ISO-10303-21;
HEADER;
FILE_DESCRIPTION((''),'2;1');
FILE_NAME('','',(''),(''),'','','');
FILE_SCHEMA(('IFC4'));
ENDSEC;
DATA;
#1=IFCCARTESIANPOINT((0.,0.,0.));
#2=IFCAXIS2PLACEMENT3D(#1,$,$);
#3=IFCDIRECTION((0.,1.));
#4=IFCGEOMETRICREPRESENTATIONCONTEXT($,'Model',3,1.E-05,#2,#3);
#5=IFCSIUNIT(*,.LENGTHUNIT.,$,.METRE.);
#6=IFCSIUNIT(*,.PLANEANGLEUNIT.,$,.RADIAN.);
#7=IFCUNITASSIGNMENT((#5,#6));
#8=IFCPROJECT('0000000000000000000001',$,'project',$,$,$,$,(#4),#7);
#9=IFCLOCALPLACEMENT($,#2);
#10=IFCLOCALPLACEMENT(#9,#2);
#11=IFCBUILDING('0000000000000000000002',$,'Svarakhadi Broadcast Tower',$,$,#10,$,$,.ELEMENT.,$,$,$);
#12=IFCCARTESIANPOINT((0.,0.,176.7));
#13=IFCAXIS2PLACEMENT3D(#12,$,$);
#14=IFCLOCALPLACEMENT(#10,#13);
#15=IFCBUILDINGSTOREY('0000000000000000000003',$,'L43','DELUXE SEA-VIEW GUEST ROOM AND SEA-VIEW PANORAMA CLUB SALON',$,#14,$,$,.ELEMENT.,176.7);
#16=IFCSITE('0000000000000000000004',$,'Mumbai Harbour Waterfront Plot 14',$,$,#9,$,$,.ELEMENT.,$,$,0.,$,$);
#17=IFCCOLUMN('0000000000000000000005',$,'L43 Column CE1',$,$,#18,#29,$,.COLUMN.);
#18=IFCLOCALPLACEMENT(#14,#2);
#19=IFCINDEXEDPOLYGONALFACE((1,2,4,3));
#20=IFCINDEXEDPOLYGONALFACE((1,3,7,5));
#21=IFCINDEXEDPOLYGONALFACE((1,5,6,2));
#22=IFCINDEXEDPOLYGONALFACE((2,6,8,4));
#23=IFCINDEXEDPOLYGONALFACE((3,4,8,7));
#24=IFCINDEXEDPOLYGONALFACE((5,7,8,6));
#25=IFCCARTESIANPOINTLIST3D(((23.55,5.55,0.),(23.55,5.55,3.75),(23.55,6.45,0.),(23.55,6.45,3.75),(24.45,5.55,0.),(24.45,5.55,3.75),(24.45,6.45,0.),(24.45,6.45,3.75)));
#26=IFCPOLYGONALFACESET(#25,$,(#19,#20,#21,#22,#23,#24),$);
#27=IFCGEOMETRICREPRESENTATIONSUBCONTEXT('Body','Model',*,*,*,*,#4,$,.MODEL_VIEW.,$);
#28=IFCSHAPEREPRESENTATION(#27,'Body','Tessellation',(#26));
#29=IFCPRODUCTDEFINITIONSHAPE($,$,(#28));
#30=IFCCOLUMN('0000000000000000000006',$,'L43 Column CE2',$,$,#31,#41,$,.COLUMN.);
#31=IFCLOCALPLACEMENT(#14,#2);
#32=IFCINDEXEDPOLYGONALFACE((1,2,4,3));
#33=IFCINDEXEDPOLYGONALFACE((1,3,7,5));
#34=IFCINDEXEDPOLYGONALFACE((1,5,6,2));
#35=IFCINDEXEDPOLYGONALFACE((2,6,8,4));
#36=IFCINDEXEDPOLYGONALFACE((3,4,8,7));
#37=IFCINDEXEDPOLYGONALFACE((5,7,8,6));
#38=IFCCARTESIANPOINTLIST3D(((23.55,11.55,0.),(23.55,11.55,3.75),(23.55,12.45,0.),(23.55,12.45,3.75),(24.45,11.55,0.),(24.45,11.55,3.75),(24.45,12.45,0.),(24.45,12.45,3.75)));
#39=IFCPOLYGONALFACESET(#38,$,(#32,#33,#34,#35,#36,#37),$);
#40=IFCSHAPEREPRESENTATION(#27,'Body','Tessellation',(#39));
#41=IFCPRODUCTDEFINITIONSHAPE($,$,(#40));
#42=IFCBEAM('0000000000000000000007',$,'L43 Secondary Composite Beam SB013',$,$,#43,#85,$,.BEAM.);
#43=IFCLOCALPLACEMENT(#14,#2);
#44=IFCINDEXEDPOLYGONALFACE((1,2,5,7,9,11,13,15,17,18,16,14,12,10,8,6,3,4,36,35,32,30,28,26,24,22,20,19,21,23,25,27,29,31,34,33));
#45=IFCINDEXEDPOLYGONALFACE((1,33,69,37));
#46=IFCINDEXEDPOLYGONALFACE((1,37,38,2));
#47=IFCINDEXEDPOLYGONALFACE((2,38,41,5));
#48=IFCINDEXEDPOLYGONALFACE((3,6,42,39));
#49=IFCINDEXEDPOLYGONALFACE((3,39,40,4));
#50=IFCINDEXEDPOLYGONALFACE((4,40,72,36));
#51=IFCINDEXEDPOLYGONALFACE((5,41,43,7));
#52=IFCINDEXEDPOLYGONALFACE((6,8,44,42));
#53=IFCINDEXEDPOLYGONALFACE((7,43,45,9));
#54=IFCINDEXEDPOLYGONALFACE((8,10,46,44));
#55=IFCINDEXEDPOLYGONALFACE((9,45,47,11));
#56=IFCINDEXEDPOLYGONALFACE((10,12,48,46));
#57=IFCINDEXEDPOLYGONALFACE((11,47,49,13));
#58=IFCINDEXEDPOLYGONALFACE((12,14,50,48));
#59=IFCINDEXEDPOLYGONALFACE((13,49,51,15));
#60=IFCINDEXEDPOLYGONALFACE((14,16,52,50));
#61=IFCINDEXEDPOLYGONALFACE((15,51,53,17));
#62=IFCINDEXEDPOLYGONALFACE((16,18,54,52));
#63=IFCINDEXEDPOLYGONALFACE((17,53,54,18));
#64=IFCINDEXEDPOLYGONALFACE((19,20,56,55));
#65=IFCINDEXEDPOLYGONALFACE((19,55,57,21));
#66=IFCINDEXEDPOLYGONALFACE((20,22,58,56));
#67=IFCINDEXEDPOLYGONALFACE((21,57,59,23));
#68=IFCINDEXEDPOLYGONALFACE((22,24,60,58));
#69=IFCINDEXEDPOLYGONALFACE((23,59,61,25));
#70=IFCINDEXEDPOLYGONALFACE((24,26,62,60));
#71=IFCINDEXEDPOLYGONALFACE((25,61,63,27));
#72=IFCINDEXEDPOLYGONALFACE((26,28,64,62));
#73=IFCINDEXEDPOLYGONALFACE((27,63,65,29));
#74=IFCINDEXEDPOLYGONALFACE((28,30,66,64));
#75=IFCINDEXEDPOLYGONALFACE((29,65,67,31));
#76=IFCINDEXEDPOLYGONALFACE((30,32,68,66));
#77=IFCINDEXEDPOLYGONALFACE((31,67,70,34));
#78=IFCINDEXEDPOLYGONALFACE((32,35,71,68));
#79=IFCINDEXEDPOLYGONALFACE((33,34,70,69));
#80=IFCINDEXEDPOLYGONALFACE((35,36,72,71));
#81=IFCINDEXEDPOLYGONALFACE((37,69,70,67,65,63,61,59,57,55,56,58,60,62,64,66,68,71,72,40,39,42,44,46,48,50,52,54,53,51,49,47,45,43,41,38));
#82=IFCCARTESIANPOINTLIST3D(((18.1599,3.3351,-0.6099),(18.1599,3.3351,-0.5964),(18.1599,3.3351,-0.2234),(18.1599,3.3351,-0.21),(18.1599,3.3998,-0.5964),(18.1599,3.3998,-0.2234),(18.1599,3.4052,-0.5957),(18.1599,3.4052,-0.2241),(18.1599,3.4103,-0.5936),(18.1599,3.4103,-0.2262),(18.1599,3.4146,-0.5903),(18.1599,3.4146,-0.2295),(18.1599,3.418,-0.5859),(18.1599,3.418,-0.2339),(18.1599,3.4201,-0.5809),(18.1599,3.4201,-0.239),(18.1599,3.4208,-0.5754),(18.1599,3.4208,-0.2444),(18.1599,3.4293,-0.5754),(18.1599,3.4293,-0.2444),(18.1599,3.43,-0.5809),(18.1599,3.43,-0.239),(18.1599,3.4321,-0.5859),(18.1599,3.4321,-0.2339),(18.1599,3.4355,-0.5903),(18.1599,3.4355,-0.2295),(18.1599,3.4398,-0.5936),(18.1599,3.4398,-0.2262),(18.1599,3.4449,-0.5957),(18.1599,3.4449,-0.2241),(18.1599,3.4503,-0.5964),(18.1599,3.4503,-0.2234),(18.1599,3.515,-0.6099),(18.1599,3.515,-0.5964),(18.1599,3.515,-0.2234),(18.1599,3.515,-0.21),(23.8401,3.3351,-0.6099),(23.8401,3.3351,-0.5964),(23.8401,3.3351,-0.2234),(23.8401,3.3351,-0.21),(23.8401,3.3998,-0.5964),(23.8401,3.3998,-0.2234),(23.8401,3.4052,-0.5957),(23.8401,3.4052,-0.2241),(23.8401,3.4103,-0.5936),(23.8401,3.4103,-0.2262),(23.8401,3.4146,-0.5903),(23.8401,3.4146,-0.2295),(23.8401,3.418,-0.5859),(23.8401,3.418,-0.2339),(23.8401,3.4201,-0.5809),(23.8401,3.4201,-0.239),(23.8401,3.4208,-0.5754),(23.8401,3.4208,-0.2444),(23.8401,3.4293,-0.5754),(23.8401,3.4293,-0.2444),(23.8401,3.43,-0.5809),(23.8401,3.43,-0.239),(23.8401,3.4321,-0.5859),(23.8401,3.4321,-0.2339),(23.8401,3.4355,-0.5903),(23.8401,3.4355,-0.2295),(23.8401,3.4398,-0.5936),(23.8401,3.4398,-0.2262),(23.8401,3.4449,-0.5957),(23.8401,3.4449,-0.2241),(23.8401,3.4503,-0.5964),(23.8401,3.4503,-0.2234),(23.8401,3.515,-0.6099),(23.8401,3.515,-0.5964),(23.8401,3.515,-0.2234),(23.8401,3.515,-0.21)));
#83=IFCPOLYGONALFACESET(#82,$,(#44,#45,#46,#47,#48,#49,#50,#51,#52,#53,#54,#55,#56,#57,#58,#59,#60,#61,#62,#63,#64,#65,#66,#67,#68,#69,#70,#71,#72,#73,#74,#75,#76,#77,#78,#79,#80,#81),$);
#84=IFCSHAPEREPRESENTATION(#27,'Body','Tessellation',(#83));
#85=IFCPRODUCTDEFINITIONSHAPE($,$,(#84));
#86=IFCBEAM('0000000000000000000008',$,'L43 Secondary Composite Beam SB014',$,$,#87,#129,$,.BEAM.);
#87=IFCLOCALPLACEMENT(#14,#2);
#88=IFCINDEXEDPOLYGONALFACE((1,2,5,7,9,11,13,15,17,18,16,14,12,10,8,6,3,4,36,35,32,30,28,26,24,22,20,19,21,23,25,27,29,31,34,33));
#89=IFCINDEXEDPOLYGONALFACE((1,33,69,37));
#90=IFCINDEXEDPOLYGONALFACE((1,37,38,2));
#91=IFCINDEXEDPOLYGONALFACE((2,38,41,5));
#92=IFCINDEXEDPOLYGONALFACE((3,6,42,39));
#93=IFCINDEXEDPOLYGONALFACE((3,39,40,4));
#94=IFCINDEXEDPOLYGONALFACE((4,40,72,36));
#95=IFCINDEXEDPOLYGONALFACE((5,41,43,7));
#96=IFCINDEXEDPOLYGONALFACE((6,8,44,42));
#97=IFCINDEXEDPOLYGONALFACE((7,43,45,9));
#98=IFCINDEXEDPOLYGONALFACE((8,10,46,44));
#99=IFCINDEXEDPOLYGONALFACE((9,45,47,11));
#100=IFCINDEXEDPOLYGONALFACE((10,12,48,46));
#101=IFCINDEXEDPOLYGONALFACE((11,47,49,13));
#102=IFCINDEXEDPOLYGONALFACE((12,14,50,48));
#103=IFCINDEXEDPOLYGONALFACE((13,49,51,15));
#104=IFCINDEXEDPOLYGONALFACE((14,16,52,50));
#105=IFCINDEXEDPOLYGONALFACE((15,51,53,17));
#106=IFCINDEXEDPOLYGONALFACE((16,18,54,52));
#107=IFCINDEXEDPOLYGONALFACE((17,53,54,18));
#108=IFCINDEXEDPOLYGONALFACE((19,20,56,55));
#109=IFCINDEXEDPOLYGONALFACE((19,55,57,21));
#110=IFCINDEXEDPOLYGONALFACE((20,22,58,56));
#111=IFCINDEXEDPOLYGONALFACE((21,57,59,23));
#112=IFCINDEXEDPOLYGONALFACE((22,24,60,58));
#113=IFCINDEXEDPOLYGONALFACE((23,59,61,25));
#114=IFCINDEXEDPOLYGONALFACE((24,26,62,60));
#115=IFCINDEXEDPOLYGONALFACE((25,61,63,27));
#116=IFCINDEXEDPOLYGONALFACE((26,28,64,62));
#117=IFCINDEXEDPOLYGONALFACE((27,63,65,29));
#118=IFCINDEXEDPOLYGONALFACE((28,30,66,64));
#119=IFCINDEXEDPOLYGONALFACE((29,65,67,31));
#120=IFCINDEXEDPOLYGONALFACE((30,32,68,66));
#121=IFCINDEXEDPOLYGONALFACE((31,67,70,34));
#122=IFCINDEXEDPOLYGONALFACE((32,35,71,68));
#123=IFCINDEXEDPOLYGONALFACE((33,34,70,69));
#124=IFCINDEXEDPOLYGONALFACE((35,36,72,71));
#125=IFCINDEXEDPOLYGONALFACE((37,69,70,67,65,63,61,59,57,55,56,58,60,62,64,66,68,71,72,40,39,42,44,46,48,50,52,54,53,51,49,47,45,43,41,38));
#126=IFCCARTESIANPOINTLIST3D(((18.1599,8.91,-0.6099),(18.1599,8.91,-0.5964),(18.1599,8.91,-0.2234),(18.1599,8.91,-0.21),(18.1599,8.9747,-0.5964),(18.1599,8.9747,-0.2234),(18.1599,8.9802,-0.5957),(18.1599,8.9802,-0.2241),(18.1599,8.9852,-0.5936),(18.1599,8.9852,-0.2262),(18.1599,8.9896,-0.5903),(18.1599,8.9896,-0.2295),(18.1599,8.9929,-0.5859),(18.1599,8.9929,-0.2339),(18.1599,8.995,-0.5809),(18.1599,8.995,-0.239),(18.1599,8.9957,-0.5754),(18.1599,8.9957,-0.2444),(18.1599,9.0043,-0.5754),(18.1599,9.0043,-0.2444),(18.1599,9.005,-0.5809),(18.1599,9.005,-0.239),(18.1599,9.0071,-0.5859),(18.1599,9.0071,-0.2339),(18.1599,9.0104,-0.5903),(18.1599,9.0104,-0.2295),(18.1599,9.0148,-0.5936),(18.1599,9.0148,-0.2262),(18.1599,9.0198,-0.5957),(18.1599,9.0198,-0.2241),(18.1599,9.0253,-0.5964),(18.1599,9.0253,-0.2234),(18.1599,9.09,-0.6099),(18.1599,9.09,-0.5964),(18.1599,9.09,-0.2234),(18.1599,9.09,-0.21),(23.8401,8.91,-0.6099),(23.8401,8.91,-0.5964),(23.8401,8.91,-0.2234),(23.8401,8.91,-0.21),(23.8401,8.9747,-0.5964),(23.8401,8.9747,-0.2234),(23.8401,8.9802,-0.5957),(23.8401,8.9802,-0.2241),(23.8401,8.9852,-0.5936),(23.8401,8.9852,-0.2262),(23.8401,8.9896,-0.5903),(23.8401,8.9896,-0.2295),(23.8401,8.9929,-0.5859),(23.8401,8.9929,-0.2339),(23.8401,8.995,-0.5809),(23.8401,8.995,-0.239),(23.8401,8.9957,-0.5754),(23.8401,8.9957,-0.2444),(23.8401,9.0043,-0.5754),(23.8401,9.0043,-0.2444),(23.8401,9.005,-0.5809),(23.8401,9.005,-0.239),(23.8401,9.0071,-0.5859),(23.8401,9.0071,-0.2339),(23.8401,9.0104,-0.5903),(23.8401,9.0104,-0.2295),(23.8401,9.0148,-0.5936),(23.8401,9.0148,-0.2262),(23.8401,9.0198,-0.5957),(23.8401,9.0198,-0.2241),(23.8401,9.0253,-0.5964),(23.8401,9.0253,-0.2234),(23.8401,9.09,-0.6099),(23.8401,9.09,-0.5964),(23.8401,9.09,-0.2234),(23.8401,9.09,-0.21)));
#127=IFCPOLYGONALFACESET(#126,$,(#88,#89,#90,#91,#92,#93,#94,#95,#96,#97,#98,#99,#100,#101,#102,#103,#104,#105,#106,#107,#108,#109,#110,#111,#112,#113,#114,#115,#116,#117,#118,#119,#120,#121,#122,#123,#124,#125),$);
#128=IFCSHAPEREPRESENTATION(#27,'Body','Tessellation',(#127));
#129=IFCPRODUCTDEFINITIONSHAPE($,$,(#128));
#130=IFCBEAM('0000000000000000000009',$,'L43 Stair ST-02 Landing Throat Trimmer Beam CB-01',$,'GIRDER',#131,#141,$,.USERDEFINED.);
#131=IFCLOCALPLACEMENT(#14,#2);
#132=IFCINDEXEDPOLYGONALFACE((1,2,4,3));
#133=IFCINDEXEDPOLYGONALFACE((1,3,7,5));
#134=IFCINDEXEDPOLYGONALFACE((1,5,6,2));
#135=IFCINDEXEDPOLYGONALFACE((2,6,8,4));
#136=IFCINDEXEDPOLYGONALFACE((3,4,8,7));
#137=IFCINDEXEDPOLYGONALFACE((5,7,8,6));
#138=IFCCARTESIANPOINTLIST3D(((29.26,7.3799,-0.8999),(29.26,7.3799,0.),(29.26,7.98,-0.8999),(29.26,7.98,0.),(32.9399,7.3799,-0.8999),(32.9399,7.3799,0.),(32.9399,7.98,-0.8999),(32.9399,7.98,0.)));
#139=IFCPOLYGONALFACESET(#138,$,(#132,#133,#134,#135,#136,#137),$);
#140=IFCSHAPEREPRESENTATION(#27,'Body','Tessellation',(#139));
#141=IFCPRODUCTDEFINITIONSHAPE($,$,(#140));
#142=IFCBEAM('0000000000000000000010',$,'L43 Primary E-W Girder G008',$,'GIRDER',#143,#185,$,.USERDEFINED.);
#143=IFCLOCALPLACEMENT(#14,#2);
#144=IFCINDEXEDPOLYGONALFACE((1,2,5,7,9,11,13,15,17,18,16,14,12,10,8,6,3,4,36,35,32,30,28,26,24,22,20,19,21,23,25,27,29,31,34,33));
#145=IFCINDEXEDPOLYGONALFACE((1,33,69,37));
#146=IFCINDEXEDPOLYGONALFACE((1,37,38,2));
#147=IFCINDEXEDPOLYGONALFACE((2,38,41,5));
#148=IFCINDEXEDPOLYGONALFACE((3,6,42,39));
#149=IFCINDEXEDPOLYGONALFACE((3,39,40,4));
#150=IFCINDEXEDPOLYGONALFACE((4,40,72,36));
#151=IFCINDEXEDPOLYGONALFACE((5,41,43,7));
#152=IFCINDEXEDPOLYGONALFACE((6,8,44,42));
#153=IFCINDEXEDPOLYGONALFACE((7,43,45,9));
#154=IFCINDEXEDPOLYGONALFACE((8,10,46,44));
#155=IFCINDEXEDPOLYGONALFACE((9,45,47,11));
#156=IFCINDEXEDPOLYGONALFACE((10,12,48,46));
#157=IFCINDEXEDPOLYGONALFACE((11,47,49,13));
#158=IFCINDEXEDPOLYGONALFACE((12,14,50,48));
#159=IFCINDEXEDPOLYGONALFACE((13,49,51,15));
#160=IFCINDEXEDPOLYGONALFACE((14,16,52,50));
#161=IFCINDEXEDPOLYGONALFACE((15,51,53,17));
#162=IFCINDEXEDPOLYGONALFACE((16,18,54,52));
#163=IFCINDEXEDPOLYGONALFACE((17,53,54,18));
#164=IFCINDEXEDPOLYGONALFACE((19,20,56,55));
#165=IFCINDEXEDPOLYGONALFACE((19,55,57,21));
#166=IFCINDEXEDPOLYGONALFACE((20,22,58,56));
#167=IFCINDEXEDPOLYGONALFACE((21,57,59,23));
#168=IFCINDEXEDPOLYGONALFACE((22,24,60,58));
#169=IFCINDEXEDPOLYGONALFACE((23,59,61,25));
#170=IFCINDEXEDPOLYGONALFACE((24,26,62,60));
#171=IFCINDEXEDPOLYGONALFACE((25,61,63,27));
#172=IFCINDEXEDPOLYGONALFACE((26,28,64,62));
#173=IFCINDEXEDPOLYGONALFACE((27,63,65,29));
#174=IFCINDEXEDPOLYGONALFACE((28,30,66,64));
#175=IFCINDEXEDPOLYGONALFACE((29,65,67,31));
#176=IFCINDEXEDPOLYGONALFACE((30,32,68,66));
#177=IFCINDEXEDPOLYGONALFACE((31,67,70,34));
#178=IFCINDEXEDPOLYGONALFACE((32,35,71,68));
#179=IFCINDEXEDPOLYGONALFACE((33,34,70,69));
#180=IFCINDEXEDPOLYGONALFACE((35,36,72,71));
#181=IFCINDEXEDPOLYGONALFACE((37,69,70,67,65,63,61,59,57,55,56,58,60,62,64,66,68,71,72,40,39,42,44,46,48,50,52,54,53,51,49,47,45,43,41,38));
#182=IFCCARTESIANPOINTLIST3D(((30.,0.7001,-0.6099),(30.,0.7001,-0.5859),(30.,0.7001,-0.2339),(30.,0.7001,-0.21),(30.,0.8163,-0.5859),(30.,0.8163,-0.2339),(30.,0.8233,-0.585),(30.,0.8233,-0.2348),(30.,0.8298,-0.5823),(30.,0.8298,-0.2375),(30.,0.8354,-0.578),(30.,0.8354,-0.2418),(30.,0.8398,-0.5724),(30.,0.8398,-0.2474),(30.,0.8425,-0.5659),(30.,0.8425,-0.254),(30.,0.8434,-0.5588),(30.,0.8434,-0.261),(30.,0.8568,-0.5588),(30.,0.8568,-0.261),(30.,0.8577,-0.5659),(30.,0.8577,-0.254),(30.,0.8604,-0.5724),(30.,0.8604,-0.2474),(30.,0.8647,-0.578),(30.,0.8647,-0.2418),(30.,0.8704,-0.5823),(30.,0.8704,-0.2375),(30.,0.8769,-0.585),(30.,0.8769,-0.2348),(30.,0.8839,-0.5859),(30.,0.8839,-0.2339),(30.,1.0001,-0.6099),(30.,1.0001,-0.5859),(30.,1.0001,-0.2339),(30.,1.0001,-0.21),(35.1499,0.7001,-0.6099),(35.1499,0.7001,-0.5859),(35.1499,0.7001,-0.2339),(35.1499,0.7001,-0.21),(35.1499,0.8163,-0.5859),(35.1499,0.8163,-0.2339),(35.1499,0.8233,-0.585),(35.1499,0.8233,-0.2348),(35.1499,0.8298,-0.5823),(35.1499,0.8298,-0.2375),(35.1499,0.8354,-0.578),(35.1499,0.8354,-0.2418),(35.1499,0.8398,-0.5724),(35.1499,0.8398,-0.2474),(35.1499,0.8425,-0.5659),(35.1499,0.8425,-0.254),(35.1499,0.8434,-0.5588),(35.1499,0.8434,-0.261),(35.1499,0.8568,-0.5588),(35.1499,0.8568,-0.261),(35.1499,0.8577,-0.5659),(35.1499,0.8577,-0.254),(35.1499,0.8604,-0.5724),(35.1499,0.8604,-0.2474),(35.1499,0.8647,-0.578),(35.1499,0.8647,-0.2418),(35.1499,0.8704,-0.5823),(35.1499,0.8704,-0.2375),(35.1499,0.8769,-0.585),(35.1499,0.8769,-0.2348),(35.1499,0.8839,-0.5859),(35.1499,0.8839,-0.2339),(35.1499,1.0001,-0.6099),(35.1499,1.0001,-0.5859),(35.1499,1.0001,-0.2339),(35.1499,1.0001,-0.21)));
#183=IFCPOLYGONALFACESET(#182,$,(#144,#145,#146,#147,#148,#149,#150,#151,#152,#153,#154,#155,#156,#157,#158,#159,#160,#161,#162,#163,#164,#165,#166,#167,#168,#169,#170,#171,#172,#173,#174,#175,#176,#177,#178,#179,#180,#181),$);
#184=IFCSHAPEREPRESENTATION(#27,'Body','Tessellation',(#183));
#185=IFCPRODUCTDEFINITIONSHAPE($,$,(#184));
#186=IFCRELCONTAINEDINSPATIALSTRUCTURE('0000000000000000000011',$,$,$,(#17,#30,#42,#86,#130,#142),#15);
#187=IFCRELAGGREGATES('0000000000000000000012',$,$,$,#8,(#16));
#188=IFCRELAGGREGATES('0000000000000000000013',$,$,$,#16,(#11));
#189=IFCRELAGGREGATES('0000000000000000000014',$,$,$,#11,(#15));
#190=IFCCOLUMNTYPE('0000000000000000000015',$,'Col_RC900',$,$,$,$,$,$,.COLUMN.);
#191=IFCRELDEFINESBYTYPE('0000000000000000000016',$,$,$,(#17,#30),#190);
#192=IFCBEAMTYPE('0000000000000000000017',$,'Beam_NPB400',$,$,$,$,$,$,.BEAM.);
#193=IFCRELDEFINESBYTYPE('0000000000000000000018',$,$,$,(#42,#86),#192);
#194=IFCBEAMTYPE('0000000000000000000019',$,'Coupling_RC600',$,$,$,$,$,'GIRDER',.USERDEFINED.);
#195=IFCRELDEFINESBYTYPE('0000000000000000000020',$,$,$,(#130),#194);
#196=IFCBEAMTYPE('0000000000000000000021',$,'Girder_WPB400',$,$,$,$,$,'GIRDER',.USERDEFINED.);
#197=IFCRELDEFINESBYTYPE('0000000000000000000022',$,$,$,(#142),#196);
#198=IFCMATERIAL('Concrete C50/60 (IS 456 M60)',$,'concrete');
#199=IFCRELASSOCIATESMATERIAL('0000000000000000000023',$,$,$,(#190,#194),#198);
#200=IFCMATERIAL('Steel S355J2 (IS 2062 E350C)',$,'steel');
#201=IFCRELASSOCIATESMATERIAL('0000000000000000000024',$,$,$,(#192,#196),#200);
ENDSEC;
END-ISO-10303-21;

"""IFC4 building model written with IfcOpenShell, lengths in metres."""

from ifc_helpers import new_model, si_unit, direction, frame, origin, origin_2d, place, context, subcontext, project, spatial, rectangle, i_section, extrude, material, material_profile, profile_set, type_object, element, save


model = new_model("IFC4")

# Units and contexts
model_context = context("Model", 3, precision=1e-05, world=origin(), true_north=direction((0.0, 1.0)))
body_context = subcontext(model_context, "Body", "Model", "MODEL_VIEW")
ifc_project = project(units=[si_unit("LENGTHUNIT", "METRE"), si_unit("PLANEANGLEUNIT", "RADIAN")], contexts=[model_context])

# Site, building, storey
site_placement = place(None, origin())
site = spatial("IfcSite", under=ifc_project, at=site_placement, Name="Mumbai Harbour Waterfront Plot 14", CompositionType="ELEMENT", RefElevation=0.0)
building_placement = place(site_placement, origin())
building = spatial("IfcBuilding", under=site, at=building_placement, Name="Svarakhadi Broadcast Tower", CompositionType="ELEMENT")
storey_placement = place(building_placement, frame((0.0, 0.0, 176.7)))
storey = spatial("IfcBuildingStorey", under=building, at=storey_placement, Name="L43", Description="DELUXE SEA-VIEW GUEST ROOM AND SEA-VIEW PANORAMA CLUB SALON", CompositionType="ELEMENT", Elevation=176.7)

# Columns
ifc_material_1 = material(Name="Concrete C50/60 (IS 456 M60)", Category="concrete")
ifc_material_profile_1 = material_profile(ifc_material_1, rectangle(XDim=0.8999, YDim=0.8999, at=origin_2d()), Name="RC 900x900")
ifc_profile_set_1 = profile_set([ifc_material_profile_1], Name="Concrete C50/60 (IS 456 M60)")
column_type = type_object("IfcColumnType", Name="Col_RC900", PredefinedType="COLUMN", material=ifc_profile_set_1)
for number, where, z_axis, x_axis, name in (
    (1, (24.0, 6.0, 0.0), (0.0, 0.0, 1.0), (1.0, 0.0, 0.0), "L43 Column CE1"),
    (2, (24.0, 12.0, 0.0), (0.0, 0.0, 1.0), (1.0, 0.0, 0.0), "L43 Column CE2"),
):
    element("IfcColumn", number, at=place(storey_placement, frame(where, z_axis=z_axis, x_axis=x_axis)), inside=storey, type_object=column_type, Name=name, PredefinedType="COLUMN", context=body_context, shape_type="SweptSolid", body=[
        extrude(rectangle(XDim=0.8999, YDim=0.8999, at=origin_2d()), origin(), (0.0, 0.0, 1.0), 3.75),
    ])

# Beams
ifc_material_2 = material(Name="Steel S355J2 (IS 2062 E350C)", Category="steel")
ifc_material_profile_2 = material_profile(ifc_material_2, i_section(OverallWidth=0.1799, OverallDepth=0.3999, WebThickness=0.0085, FlangeThickness=0.0134, FilletRadius=0.021, at=origin_2d()), Name="NPB 400x180x66")
ifc_profile_set_2 = profile_set([ifc_material_profile_2], Name="Steel S355J2 (IS 2062 E350C)")
beam_type_1 = type_object("IfcBeamType", Name="Beam_NPB400", PredefinedType="BEAM", material=ifc_profile_set_2)
for number, where, z_axis, x_axis, name in (
    (3, (18.1599, 3.425, -0.4099), (1.0, 0.0, 0.0), (0.0, 1.0, 0.0), "L43 Secondary Composite Beam SB013"),
    (4, (18.1599, 9.0, -0.4099), (1.0, 0.0, 0.0), (0.0, 1.0, 0.0), "L43 Secondary Composite Beam SB014"),
):
    element("IfcBeam", number, at=place(storey_placement, frame(where, z_axis=z_axis, x_axis=x_axis)), inside=storey, type_object=beam_type_1, Name=name, PredefinedType="BEAM", context=body_context, shape_type="SweptSolid", body=[
        extrude(i_section(OverallWidth=0.1799, OverallDepth=0.3999, WebThickness=0.0085, FlangeThickness=0.0134, FilletRadius=0.021, at=origin_2d()), origin(), (0.0, 0.0, 1.0), 5.6802),
    ])
ifc_material_profile_3 = material_profile(ifc_material_1, rectangle(XDim=0.6001, YDim=0.8999, at=origin_2d()), Name="RC 600x900")
ifc_profile_set_3 = profile_set([ifc_material_profile_3], Name="Concrete C50/60 (IS 456 M60)")
beam_type_2 = type_object("IfcBeamType", Name="Coupling_RC600", ElementType="GIRDER", PredefinedType="USERDEFINED", material=ifc_profile_set_3)
beam_1_placement = place(storey_placement, frame((29.26, 7.6799, -0.45), z_axis=(1.0, 0.0, 0.0), x_axis=(0.0, 1.0, 0.0)))
element("IfcBeam", 5, at=beam_1_placement, inside=storey, type_object=beam_type_2, Name="L43 Stair ST-02 Landing Throat Trimmer Beam CB-01", ObjectType="GIRDER", PredefinedType="USERDEFINED", context=body_context, shape_type="SweptSolid", body=[
    extrude(rectangle(XDim=0.6001, YDim=0.8999, at=origin_2d()), origin(), (0.0, 0.0, 1.0), 3.6799),
])
ifc_material_profile_4 = material_profile(ifc_material_2, i_section(OverallWidth=0.3, OverallDepth=0.3999, WebThickness=0.0134, FlangeThickness=0.0239, FilletRadius=0.0271, at=origin_2d()), Name="WPB 400x300x155")
ifc_profile_set_4 = profile_set([ifc_material_profile_4], Name="Steel S355J2 (IS 2062 E350C)")
beam_type_3 = type_object("IfcBeamType", Name="Girder_WPB400", ElementType="GIRDER", PredefinedType="USERDEFINED", material=ifc_profile_set_4)
beam_2_placement = place(storey_placement, frame((30.0, 0.8501, -0.4099), z_axis=(1.0, 0.0, 0.0), x_axis=(0.0, 1.0, 0.0)))
element("IfcBeam", 6, at=beam_2_placement, inside=storey, type_object=beam_type_3, Name="L43 Primary E-W Girder G008", ObjectType="GIRDER", PredefinedType="USERDEFINED", context=body_context, shape_type="SweptSolid", body=[
    extrude(i_section(OverallWidth=0.3, OverallDepth=0.3999, WebThickness=0.0134, FlangeThickness=0.0239, FilletRadius=0.0271, at=origin_2d()), origin(), (0.0, 0.0, 1.0), 5.1499),
])

save(model, "model.ifc")
